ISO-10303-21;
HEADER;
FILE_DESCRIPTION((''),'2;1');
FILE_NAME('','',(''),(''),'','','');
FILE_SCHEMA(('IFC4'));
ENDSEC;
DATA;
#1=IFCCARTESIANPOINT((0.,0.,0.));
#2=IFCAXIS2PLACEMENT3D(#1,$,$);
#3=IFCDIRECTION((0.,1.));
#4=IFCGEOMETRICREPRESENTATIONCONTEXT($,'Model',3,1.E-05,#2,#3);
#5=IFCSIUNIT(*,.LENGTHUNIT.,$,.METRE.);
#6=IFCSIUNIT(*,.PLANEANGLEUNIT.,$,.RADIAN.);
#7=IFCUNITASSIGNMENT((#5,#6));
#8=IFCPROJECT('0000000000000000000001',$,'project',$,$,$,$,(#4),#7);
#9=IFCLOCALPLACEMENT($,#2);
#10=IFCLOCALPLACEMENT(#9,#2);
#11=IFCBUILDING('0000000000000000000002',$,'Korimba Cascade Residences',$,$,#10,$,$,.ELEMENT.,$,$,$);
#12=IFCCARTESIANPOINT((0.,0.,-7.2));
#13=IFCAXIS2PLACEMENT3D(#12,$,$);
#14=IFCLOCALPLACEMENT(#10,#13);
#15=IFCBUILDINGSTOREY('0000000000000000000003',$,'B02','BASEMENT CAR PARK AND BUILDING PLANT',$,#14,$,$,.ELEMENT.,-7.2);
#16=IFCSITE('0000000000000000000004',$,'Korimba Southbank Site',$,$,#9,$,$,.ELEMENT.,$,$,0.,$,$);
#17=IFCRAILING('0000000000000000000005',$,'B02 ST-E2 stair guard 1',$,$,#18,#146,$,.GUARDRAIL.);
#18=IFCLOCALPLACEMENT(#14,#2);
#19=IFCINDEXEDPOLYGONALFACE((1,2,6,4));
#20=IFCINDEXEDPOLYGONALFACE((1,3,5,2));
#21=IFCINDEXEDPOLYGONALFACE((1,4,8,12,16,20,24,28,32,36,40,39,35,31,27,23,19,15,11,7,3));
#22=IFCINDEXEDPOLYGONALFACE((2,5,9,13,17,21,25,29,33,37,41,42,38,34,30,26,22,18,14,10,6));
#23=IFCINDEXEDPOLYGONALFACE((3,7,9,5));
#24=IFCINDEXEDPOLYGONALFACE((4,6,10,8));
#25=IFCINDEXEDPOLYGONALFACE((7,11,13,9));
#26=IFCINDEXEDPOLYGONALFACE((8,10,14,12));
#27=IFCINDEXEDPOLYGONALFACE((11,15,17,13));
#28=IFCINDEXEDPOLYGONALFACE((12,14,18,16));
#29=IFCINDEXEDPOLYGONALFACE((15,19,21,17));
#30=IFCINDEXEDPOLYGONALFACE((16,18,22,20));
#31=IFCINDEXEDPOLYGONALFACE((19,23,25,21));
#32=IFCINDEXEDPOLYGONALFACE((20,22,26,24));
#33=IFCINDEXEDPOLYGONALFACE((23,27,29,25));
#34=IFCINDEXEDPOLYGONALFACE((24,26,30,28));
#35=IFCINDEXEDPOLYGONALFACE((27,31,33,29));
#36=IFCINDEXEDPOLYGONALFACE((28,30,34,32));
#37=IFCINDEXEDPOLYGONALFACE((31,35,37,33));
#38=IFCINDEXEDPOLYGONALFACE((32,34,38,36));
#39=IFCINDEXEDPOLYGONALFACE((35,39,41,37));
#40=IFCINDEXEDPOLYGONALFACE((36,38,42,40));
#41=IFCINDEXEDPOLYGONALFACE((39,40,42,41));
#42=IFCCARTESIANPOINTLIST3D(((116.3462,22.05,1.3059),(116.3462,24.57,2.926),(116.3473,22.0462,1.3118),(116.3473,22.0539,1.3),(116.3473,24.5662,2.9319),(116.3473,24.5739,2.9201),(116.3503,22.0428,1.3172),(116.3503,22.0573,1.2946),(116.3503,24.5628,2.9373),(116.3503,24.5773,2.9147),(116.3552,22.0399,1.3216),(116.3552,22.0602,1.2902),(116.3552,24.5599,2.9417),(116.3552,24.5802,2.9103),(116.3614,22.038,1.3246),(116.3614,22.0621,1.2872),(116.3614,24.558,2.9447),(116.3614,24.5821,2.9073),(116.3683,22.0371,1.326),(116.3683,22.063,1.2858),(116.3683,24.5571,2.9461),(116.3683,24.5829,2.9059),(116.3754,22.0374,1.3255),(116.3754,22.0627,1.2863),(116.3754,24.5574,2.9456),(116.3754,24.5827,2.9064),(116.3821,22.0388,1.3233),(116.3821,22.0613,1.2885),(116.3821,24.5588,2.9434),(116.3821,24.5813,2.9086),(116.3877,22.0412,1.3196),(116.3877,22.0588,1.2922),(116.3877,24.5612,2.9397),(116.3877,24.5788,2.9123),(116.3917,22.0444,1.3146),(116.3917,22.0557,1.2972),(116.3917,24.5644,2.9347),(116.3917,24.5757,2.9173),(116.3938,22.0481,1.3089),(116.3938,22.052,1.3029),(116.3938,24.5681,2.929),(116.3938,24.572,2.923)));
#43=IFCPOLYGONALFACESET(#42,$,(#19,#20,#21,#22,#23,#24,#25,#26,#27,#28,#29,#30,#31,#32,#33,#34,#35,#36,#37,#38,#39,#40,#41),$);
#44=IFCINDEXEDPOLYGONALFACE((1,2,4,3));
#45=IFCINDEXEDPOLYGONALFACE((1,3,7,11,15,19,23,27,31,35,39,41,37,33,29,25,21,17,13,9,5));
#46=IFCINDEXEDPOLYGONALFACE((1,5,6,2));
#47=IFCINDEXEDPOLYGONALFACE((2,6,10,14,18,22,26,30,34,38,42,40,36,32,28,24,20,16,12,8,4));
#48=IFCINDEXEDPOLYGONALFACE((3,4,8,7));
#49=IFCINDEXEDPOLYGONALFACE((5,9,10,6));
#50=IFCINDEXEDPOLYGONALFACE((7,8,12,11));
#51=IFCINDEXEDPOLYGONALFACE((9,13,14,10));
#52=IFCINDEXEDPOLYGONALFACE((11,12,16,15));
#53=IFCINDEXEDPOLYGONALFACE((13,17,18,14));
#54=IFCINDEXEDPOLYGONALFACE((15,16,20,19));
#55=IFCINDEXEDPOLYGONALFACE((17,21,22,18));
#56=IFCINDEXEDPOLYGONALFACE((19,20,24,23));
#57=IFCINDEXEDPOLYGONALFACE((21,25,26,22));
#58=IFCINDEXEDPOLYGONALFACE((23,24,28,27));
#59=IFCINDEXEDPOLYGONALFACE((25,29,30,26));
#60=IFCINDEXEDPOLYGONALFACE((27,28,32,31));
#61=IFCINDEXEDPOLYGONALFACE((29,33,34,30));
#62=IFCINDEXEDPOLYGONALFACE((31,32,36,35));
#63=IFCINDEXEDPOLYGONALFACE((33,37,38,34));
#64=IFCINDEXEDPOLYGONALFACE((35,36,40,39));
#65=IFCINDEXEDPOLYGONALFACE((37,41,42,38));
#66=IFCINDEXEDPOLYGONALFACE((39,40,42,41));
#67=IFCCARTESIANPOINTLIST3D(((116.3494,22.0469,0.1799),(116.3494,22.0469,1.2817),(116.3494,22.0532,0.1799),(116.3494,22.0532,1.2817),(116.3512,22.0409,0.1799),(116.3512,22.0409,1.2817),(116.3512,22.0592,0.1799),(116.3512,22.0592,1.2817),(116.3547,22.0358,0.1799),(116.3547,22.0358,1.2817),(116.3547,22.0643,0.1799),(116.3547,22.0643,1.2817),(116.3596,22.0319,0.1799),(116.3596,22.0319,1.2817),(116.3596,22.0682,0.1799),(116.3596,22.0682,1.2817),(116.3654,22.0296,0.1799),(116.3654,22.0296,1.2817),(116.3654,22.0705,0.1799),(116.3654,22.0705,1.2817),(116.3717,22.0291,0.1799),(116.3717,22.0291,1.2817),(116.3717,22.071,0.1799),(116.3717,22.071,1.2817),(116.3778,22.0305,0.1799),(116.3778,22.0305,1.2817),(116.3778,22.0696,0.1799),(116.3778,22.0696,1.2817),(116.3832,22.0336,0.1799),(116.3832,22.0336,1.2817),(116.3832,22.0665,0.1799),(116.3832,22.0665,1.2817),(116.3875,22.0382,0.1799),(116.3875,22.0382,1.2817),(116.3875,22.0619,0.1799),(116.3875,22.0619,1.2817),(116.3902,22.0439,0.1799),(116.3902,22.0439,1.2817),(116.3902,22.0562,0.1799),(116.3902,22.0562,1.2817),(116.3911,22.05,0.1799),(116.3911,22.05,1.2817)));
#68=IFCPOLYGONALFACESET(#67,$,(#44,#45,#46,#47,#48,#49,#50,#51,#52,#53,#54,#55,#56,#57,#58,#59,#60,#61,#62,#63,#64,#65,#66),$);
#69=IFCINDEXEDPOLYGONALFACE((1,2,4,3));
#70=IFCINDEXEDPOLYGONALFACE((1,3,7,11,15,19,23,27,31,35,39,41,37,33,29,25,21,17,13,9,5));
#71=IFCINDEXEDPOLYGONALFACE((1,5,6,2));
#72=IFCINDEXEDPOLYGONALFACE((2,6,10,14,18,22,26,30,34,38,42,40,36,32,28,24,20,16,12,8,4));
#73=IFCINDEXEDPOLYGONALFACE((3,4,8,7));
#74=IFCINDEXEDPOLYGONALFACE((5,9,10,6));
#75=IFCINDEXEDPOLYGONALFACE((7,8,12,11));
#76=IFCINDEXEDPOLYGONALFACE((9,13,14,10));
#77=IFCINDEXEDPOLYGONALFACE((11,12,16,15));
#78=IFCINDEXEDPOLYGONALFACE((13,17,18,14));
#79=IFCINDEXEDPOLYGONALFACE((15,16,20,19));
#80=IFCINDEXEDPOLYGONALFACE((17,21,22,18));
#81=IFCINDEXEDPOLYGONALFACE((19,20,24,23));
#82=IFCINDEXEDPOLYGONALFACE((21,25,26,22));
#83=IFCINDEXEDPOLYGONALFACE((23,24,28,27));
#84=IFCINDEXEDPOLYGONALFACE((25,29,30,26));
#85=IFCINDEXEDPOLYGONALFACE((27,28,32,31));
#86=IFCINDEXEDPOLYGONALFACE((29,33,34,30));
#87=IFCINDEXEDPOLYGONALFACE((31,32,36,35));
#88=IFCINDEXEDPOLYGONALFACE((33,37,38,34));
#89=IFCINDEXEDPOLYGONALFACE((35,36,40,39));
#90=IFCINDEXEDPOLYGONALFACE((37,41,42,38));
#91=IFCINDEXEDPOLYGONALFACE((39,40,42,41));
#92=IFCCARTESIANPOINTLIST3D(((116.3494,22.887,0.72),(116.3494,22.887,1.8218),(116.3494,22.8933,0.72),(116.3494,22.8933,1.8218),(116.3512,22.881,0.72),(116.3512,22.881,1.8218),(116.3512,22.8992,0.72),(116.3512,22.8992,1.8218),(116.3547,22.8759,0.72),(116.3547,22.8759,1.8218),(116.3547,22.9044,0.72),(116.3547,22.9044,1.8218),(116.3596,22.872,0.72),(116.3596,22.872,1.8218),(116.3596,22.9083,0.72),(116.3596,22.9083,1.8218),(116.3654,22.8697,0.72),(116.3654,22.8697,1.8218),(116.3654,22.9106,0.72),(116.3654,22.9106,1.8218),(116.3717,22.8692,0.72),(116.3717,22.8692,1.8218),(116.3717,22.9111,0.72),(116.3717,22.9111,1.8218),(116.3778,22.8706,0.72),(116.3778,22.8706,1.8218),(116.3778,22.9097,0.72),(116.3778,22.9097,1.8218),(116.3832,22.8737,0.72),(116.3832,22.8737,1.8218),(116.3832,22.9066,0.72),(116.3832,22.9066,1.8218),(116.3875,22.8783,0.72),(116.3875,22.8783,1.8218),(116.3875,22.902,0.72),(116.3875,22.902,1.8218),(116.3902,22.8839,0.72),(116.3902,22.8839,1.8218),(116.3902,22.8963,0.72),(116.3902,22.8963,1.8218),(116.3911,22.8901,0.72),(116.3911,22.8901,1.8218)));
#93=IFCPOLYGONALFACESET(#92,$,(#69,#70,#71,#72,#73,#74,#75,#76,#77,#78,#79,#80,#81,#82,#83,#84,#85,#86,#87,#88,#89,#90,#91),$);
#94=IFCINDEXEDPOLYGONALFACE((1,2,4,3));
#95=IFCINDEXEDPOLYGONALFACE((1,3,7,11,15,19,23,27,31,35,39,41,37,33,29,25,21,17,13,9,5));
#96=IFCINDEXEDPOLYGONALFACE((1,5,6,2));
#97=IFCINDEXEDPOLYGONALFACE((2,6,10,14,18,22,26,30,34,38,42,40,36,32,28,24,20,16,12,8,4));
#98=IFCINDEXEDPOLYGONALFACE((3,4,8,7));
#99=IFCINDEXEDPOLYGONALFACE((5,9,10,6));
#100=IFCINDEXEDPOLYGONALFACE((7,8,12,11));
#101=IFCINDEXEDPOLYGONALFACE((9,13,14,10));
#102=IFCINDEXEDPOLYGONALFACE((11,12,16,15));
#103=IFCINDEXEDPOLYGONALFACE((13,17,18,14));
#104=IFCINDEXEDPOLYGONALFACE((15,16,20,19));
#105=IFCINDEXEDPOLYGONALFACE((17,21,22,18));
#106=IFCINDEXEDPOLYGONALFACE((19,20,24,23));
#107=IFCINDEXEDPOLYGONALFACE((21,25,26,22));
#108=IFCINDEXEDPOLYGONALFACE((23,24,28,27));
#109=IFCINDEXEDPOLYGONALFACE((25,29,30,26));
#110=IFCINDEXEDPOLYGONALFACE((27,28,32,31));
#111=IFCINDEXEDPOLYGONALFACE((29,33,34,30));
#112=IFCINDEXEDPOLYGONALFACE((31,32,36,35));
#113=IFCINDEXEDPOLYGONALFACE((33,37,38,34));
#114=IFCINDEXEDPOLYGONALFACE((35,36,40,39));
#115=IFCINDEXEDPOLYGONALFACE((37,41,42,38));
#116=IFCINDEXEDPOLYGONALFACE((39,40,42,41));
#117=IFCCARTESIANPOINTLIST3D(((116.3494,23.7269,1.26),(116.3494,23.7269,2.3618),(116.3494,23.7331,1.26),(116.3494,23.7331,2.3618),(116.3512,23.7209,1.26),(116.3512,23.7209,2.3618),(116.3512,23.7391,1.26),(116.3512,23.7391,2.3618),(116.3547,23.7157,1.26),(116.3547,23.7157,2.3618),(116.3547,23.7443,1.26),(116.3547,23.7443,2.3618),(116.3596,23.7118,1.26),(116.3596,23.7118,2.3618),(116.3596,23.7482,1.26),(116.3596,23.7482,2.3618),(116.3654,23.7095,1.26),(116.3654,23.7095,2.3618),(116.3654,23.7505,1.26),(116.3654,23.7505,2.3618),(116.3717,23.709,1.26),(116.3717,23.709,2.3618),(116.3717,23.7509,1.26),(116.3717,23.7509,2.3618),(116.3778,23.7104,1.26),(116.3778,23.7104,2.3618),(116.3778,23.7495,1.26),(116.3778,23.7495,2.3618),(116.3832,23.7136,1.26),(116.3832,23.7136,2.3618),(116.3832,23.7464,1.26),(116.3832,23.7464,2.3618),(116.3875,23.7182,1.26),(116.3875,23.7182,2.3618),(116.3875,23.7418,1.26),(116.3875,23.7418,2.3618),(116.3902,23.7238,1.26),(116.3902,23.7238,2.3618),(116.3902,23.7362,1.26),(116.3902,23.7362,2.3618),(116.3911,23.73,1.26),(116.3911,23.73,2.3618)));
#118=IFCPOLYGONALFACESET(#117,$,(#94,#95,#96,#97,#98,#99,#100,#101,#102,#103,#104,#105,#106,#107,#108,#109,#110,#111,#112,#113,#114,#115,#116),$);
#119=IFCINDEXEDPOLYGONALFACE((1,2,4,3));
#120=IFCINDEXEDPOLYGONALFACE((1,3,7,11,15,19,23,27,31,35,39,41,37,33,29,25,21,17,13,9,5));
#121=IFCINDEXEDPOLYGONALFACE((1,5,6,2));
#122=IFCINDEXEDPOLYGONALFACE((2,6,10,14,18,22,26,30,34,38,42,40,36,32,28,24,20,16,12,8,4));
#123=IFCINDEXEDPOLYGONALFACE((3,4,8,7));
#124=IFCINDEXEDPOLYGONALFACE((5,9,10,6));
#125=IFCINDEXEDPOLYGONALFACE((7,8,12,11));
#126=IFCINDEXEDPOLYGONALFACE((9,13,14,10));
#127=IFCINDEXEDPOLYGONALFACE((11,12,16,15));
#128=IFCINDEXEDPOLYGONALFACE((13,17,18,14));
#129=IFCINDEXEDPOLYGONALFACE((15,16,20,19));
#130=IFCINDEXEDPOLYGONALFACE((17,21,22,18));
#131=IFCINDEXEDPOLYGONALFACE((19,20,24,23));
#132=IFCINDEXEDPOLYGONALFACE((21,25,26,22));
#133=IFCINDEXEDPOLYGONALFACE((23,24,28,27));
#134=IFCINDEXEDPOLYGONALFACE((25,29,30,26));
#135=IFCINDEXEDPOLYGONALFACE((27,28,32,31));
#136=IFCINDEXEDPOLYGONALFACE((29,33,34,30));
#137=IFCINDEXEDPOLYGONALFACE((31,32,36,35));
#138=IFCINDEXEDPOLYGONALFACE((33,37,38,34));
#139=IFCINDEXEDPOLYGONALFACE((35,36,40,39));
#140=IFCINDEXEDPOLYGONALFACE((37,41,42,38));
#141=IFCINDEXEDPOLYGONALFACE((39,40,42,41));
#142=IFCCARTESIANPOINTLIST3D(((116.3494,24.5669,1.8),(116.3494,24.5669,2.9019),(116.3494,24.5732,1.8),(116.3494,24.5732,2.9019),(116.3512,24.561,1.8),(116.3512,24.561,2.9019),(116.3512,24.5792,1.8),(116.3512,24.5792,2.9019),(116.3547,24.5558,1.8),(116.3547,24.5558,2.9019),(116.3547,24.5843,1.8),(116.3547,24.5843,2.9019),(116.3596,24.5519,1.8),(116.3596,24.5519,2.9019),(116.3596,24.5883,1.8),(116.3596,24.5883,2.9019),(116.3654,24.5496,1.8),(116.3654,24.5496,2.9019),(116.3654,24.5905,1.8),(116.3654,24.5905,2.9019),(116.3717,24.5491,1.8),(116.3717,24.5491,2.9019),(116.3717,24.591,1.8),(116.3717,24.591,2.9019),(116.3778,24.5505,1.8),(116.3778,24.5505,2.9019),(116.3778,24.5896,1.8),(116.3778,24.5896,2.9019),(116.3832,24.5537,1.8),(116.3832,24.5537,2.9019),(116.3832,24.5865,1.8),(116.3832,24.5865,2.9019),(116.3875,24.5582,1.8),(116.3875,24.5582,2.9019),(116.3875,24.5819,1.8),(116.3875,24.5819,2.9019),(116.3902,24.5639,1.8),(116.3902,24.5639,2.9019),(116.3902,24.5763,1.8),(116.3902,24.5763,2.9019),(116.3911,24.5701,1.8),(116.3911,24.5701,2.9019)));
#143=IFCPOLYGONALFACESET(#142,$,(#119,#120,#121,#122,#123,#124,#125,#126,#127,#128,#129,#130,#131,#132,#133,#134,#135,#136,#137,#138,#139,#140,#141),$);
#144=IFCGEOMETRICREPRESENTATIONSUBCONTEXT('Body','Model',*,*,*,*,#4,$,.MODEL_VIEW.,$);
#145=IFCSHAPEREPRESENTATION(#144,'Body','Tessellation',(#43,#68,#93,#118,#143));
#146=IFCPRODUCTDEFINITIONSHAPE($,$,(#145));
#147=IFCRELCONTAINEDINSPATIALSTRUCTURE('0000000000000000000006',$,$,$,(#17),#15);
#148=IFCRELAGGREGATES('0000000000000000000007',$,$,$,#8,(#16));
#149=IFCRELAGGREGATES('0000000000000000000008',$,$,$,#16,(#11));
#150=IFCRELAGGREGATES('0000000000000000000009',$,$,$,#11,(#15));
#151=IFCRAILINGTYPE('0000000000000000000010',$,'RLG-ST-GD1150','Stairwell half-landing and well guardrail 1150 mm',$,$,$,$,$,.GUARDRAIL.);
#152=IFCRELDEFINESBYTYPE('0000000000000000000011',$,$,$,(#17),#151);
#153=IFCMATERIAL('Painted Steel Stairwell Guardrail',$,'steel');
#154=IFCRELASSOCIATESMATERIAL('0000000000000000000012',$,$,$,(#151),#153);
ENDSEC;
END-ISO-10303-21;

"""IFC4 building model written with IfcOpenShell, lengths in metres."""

from ifc_helpers import new_model, si_unit, direction, frame, origin, origin_2d, place, context, subcontext, project, spatial, circle, extrude, material, type_object, element, save


model = new_model("IFC4")

# Units and contexts
model_context = context("Model", 3, precision=1e-05, world=origin(), true_north=direction((0.0, 1.0)))
body_context = subcontext(model_context, "Body", "Model", "MODEL_VIEW")
ifc_project = project(units=[si_unit("LENGTHUNIT", "METRE"), si_unit("PLANEANGLEUNIT", "RADIAN")], contexts=[model_context])

# Site, building, storey
site_placement = place(None, origin())
site = spatial("IfcSite", under=ifc_project, at=site_placement, Name="Korimba Southbank Site", CompositionType="ELEMENT", RefElevation=0.0)
building_placement = place(site_placement, origin())
building = spatial("IfcBuilding", under=site, at=building_placement, Name="Korimba Cascade Residences", CompositionType="ELEMENT")
storey_placement = place(building_placement, frame((0.0, 0.0, -7.2)))
storey = spatial("IfcBuildingStorey", under=building, at=storey_placement, Name="B02", Description="BASEMENT CAR PARK AND BUILDING PLANT", CompositionType="ELEMENT", Elevation=-7.2)

# Railing
ifc_material_1 = material(Name="Painted Steel Stairwell Guardrail", Category="steel")
railing_type_1 = type_object("IfcRailingType", Name="RLG-ST-GD1150", Description="Stairwell half-landing and well guardrail 1150 mm", PredefinedType="GUARDRAIL", material=ifc_material_1)
railing_1_placement = place(storey_placement, frame((116.3701, 22.05, 0.1799)))
element("IfcRailing", 1, at=railing_1_placement, inside=storey, type_object=railing_type_1, Name="B02 ST-E2 stair guard 1", PredefinedType="GUARDRAIL", context=body_context, shape_type="SweptSolid", body=[
    extrude(circle(Radius=0.0239, at=origin_2d()), frame((0.0, 0.0, 1.126), z_axis=(0.0, 0.841163, 0.540782), x_axis=(-1.0, 0.0, 0.0)), (0.0, 0.0, 1.0), 2.9958),
    extrude(circle(Radius=0.021, at=origin_2d()), origin(), (0.0, 0.0, 1.0), 1.1018),
    extrude(circle(Radius=0.021, at=origin_2d()), frame((0.0, 0.8401, 0.54)), (0.0, 0.0, 1.0), 1.1018),
    extrude(circle(Radius=0.021, at=origin_2d()), frame((0.0, 1.6799, 1.0801)), (0.0, 0.0, 1.0), 1.1018),
    extrude(circle(Radius=0.021, at=origin_2d()), frame((0.0, 2.52, 1.6201)), (0.0, 0.0, 1.0), 1.1018),
])

save(model, "model.ifc")
